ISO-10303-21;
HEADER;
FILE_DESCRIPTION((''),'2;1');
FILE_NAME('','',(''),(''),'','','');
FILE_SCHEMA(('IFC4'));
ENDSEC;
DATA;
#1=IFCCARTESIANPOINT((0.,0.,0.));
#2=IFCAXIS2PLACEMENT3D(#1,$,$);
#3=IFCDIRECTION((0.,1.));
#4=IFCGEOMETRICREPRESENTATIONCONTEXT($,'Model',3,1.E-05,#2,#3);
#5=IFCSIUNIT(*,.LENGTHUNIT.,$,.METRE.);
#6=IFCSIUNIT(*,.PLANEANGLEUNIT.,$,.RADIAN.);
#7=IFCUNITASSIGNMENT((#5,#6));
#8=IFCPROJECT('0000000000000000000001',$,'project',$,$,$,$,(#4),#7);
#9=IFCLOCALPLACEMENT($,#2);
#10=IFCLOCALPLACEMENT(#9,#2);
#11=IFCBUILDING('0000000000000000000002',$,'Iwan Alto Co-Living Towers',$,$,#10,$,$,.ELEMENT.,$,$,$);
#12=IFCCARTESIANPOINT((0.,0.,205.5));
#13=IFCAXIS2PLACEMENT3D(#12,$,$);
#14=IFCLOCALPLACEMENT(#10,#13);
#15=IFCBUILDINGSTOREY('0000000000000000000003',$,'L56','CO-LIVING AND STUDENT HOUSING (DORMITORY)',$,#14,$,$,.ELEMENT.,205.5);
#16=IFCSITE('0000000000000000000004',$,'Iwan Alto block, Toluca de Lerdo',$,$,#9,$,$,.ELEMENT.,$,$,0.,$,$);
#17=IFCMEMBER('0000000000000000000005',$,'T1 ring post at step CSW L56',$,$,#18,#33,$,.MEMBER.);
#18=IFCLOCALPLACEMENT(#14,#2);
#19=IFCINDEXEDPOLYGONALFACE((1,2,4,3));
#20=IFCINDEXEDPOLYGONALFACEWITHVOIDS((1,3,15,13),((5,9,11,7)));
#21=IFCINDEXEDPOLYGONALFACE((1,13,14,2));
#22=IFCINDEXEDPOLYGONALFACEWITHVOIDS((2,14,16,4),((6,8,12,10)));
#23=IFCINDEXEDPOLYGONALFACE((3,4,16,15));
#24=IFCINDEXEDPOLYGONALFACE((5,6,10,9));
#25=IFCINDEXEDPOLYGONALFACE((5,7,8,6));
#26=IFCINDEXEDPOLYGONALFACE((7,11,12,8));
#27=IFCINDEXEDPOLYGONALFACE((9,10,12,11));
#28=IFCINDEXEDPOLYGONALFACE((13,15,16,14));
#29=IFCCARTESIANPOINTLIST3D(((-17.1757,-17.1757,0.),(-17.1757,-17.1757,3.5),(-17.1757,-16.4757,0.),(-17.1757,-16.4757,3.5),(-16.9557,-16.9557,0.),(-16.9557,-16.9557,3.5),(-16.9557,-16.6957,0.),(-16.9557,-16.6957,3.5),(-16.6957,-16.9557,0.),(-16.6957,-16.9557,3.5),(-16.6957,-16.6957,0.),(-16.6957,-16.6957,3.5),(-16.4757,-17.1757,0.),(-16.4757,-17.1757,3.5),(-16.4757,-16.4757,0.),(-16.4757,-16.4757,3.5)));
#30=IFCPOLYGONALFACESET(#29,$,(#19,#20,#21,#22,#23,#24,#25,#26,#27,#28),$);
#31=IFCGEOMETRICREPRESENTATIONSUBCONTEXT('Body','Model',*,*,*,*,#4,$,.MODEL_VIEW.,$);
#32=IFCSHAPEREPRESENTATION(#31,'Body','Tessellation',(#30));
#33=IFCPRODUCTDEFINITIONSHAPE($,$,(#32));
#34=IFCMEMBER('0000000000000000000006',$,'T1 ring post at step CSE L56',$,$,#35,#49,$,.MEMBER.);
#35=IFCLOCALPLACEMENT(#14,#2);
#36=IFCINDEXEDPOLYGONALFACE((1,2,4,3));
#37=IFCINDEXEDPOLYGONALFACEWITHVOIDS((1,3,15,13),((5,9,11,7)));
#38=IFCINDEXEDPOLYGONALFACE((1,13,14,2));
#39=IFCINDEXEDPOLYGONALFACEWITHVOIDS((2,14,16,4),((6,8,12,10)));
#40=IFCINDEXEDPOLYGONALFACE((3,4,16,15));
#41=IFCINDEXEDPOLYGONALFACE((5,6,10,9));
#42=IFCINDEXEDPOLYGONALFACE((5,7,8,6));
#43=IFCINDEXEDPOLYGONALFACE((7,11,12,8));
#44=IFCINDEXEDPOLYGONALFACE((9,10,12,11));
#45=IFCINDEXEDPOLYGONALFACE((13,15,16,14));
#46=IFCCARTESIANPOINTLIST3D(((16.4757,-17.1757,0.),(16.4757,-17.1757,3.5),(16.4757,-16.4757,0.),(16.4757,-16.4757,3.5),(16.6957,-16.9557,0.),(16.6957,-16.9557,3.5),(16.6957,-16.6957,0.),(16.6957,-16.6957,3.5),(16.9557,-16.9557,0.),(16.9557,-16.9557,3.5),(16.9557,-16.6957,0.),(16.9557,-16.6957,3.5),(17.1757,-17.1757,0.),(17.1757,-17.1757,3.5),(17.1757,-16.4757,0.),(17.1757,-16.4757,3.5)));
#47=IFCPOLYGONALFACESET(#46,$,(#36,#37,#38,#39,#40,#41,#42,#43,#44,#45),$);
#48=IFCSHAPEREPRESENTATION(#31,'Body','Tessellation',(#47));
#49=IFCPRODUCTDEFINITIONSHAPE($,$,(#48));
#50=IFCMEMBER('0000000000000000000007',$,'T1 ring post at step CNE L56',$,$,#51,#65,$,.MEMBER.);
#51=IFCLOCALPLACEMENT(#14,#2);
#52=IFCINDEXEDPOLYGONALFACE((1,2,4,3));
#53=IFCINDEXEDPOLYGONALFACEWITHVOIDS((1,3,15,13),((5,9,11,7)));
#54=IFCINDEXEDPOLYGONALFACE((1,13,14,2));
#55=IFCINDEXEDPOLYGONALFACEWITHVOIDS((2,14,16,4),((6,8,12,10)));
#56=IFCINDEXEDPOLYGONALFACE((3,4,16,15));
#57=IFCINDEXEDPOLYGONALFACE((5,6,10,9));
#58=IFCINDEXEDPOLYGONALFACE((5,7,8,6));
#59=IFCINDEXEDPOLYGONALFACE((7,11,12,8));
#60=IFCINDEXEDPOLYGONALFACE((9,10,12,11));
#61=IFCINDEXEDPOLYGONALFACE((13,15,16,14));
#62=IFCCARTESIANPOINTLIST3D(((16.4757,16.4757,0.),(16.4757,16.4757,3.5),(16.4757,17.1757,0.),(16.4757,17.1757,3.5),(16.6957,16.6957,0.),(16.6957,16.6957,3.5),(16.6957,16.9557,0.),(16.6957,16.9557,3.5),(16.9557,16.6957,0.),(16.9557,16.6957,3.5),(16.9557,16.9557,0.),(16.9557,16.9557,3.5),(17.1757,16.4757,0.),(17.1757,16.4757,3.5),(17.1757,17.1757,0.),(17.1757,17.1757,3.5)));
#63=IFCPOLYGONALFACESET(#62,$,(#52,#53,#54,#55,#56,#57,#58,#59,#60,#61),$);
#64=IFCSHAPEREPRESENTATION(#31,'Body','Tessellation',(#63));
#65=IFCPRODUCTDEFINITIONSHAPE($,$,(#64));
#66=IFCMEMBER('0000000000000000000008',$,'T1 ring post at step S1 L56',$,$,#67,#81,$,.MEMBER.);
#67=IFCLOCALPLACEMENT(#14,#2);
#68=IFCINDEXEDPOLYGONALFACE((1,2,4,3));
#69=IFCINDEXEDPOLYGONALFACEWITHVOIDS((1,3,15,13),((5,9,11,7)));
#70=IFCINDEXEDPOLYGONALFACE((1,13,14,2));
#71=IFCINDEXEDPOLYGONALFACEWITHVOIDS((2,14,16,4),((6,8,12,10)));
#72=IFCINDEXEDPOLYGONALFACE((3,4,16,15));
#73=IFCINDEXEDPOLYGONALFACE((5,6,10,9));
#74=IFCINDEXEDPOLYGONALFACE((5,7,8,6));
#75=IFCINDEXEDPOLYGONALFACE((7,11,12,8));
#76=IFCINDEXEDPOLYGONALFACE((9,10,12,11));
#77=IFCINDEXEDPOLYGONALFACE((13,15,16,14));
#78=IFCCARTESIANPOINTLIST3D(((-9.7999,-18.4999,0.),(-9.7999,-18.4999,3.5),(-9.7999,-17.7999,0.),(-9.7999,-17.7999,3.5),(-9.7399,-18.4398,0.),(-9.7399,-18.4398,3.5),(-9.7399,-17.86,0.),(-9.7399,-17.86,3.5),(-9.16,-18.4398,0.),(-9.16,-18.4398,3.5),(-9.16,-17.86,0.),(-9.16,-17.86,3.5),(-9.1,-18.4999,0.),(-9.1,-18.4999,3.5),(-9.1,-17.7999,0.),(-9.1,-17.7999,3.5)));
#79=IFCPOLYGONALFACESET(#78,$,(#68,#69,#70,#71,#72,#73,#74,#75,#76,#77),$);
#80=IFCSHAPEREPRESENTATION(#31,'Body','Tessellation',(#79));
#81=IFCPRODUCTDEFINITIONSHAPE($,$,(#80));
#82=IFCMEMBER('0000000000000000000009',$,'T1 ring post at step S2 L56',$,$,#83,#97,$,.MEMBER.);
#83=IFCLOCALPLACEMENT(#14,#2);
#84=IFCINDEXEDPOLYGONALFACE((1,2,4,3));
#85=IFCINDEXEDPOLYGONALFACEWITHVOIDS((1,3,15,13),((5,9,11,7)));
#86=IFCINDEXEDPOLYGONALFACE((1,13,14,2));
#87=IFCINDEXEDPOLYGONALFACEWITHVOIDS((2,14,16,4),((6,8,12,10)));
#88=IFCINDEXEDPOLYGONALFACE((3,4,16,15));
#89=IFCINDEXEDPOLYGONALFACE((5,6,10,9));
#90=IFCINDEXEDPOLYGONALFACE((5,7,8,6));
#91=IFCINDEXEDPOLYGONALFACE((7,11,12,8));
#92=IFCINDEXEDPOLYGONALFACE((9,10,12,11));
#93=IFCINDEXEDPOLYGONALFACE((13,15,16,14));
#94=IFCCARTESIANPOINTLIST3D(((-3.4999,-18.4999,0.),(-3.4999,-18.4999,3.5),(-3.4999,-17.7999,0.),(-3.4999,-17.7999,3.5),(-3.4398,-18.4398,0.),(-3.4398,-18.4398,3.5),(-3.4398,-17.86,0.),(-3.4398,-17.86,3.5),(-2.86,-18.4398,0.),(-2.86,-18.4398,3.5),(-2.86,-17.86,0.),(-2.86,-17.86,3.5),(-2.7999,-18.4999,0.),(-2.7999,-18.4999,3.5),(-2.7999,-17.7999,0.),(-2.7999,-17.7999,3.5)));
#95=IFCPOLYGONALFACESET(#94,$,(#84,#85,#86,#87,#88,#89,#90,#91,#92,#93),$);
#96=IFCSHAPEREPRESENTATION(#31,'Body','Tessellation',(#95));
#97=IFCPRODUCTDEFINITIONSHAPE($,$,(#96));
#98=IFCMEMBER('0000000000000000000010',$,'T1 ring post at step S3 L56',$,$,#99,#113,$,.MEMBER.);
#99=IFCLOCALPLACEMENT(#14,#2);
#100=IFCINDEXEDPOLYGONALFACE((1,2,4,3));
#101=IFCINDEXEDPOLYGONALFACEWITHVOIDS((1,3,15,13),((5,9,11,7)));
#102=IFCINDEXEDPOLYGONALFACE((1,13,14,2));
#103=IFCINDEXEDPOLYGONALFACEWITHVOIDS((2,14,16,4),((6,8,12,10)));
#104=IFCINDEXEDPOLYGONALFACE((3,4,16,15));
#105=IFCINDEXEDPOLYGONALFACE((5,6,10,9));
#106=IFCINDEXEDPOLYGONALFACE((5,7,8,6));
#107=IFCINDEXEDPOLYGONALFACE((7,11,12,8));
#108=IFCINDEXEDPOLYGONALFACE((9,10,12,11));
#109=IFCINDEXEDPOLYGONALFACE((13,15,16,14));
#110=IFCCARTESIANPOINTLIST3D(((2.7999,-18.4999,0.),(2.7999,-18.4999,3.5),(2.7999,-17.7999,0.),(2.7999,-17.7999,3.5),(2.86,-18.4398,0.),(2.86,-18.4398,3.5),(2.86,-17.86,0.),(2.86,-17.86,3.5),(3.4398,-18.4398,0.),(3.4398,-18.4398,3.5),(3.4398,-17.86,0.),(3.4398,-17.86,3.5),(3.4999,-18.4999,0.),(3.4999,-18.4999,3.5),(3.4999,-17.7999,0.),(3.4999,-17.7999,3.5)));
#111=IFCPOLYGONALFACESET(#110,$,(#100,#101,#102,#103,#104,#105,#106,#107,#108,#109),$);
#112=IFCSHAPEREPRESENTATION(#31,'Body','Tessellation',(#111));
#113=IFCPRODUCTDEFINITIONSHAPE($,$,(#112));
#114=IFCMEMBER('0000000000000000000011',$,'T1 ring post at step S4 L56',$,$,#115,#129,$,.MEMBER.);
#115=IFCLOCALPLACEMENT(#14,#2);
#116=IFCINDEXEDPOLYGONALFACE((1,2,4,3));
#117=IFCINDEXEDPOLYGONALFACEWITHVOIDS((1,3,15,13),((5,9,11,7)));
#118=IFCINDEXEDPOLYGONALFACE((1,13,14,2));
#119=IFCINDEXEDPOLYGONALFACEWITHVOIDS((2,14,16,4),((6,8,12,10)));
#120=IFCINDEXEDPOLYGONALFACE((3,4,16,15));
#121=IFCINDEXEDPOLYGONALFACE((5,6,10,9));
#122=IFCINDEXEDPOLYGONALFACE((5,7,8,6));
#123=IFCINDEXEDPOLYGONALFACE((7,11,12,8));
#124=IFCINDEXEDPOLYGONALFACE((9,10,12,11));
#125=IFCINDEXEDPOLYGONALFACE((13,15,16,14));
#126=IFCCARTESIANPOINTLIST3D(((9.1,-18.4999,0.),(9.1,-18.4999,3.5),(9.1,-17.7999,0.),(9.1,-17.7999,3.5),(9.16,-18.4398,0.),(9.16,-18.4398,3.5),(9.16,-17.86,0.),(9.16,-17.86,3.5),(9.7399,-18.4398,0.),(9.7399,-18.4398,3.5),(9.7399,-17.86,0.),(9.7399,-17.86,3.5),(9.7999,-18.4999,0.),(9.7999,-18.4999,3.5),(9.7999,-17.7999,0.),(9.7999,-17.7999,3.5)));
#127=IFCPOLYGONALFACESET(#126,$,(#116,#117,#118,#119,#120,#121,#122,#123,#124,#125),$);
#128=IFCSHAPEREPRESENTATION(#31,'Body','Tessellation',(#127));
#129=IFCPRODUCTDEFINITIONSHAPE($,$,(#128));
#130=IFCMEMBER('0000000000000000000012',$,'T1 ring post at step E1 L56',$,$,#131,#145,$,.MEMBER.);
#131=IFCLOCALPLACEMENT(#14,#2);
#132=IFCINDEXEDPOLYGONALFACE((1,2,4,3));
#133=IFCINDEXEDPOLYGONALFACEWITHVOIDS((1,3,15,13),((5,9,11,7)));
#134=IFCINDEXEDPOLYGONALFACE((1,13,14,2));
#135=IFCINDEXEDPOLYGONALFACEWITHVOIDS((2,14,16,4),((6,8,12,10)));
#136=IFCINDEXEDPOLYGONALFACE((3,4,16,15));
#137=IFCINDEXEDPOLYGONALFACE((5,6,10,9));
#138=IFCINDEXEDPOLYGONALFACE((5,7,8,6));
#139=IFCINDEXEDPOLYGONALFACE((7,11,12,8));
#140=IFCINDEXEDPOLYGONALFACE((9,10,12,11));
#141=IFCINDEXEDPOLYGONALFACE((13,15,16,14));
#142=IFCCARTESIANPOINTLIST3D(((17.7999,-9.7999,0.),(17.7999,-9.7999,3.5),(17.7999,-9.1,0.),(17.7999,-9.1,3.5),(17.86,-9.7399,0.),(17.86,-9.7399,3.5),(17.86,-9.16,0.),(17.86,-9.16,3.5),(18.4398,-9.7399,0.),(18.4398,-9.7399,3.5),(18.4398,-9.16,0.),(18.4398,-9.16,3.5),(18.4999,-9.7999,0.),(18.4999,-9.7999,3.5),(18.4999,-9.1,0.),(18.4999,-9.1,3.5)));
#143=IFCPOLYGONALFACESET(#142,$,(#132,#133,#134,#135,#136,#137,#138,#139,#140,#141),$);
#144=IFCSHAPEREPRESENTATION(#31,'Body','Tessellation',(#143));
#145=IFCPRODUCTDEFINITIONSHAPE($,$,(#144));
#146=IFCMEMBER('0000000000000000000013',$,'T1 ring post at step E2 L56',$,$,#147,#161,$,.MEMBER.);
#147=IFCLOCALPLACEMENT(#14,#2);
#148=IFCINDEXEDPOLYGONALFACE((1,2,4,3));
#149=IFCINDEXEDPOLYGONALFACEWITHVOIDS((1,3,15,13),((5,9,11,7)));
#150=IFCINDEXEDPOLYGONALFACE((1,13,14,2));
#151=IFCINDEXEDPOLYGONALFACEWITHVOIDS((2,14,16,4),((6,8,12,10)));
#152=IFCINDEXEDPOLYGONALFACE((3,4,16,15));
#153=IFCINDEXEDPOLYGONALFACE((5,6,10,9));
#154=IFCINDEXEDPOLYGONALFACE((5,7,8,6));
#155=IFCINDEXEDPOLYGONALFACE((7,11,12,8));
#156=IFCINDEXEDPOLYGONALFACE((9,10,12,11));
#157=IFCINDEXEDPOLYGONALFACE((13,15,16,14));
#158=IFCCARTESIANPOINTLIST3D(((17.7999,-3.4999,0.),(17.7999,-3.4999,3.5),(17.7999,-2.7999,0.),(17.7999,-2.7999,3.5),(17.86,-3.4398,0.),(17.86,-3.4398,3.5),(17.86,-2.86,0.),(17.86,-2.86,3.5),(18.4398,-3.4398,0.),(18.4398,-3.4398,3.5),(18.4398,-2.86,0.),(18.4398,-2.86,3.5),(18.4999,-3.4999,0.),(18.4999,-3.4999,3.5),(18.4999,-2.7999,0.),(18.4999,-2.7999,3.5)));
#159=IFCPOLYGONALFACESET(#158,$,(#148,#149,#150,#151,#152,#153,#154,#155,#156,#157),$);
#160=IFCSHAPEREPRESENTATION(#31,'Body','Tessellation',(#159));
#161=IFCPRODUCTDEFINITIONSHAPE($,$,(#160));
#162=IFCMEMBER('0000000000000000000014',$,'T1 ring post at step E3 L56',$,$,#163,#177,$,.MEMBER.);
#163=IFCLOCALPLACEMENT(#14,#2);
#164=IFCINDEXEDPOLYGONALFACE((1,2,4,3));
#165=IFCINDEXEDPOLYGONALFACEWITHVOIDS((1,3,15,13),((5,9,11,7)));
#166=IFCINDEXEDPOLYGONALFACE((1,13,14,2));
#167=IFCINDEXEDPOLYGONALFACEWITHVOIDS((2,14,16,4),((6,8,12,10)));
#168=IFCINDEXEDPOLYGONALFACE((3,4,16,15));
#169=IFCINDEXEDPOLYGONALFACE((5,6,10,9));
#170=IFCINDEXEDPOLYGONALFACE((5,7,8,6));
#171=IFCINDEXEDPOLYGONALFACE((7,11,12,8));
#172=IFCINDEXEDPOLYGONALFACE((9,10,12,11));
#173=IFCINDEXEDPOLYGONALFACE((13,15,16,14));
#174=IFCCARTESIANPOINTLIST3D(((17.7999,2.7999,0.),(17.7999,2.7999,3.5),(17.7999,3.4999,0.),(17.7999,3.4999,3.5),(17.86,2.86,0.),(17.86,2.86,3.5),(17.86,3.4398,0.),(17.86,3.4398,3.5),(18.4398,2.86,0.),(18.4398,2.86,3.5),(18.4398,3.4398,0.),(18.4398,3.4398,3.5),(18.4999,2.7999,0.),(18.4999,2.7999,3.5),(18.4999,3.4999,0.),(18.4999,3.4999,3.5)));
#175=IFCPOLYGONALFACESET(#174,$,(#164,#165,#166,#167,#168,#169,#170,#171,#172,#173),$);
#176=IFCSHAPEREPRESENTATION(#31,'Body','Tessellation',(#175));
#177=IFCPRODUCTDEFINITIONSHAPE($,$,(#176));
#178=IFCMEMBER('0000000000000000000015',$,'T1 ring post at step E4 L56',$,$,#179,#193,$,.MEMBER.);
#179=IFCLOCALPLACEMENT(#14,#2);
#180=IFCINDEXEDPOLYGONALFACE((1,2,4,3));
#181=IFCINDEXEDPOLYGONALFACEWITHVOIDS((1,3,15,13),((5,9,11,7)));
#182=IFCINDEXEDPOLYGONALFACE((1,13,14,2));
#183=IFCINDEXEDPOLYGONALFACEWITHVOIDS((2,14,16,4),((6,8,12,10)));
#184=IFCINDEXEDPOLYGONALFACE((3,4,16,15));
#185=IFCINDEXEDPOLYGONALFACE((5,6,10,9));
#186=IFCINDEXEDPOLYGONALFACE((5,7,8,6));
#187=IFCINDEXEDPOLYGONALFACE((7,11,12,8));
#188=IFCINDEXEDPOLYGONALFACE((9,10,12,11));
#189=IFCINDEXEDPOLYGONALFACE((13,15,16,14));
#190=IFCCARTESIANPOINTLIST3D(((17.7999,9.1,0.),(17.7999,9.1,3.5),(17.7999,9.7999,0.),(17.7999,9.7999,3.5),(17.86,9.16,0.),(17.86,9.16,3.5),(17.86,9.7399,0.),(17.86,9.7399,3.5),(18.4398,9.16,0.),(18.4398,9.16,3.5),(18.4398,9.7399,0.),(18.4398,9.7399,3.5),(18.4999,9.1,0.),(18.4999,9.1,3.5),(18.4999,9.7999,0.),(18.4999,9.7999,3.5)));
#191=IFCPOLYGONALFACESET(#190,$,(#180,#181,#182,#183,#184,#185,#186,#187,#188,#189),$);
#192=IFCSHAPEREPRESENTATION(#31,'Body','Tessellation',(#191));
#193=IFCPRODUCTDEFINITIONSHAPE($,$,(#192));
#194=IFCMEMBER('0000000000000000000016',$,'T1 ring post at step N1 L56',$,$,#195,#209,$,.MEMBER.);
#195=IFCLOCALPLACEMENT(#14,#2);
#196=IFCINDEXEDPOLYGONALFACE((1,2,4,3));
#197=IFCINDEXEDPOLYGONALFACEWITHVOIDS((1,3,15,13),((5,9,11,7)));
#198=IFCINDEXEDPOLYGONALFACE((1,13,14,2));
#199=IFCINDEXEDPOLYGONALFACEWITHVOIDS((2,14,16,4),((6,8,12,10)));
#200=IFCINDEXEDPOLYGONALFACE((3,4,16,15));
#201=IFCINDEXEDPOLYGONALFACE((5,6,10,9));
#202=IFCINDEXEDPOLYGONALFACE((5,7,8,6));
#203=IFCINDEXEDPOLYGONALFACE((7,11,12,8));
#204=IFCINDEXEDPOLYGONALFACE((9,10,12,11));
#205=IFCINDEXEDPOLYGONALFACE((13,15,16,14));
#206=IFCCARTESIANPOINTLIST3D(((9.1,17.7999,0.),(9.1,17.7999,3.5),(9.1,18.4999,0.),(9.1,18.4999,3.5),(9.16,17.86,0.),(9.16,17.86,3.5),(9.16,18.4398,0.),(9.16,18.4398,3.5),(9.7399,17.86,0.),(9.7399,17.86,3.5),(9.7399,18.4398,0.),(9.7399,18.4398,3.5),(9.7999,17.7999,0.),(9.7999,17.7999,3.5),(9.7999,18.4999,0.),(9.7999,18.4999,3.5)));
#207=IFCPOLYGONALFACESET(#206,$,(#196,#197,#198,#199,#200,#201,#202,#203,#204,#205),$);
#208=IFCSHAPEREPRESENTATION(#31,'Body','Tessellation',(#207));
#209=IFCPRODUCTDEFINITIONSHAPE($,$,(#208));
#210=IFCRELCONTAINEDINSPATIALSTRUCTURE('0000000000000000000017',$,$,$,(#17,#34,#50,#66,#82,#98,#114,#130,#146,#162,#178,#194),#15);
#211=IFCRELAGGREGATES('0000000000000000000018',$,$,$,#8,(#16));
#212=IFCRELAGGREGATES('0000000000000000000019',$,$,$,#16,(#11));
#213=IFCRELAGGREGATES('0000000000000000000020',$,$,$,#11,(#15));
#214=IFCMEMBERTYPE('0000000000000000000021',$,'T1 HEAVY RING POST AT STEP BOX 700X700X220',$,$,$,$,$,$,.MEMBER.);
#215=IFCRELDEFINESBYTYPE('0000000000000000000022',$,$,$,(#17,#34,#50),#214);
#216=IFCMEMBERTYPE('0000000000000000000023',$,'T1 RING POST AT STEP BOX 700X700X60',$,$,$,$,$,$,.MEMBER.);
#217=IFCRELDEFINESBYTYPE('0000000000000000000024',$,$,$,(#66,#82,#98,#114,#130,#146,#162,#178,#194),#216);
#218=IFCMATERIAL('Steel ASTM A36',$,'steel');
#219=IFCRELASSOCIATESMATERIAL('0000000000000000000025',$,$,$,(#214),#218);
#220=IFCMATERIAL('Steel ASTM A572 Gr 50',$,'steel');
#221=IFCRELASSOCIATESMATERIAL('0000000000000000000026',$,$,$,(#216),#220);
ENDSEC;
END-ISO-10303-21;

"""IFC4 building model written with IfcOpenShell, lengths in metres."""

from ifc_helpers import new_model, si_unit, direction, frame, origin, origin_2d, place, context, subcontext, project, spatial, hollow_rectangle, extrude, material, material_profile, profile_set, type_object, element, save


model = new_model("IFC4")

# Units and contexts
model_context = context("Model", 3, precision=1e-05, world=origin(), true_north=direction((0.0, 1.0)))
body_context = subcontext(model_context, "Body", "Model", "MODEL_VIEW")
ifc_project = project(units=[si_unit("LENGTHUNIT", "METRE"), si_unit("PLANEANGLEUNIT", "RADIAN")], contexts=[model_context])

# Site, building, storey
site_placement = place(None, origin())
site = spatial("IfcSite", under=ifc_project, at=site_placement, Name="Iwan Alto block, Toluca de Lerdo", CompositionType="ELEMENT", RefElevation=0.0)
building_placement = place(site_placement, origin())
building = spatial("IfcBuilding", under=site, at=building_placement, Name="Iwan Alto Co-Living Towers", CompositionType="ELEMENT")
storey_placement = place(building_placement, frame((0.0, 0.0, 205.5)))
storey = spatial("IfcBuildingStorey", under=building, at=storey_placement, Name="L56", Description="CO-LIVING AND STUDENT HOUSING (DORMITORY)", CompositionType="ELEMENT", Elevation=205.5)

# Members
ifc_material_1 = material(Name="Steel ASTM A36", Category="steel")
ifc_material_profile_1 = material_profile(ifc_material_1, hollow_rectangle(XDim=0.7, YDim=0.7, WallThickness=0.22, at=origin_2d()), Name="BOX 700X700X220")
ifc_profile_set_1 = profile_set([ifc_material_profile_1], Name="Steel ASTM A36")
member_type_1 = type_object("IfcMemberType", Name="T1 HEAVY RING POST AT STEP BOX 700X700X220", PredefinedType="MEMBER", material=ifc_profile_set_1)
for number, where, z_axis, x_axis, name in (
    (1, (-16.8257, -16.8257, 0.0), (0.0, 0.0, 1.0), (1.0, 0.0, 0.0), "T1 ring post at step CSW L56"),
    (2, (16.8257, -16.8257, 0.0), (0.0, 0.0, 1.0), (1.0, 0.0, 0.0), "T1 ring post at step CSE L56"),
    (3, (16.8257, 16.8257, 0.0), (0.0, 0.0, 1.0), (1.0, 0.0, 0.0), "T1 ring post at step CNE L56"),
):
    element("IfcMember", number, at=place(storey_placement, frame(where, z_axis=z_axis, x_axis=x_axis)), inside=storey, type_object=member_type_1, Name=name, PredefinedType="MEMBER", context=body_context, shape_type="SweptSolid", body=[
        extrude(hollow_rectangle(XDim=0.7, YDim=0.7, WallThickness=0.22, at=origin_2d()), origin(), (0.0, 0.0, 1.0), 3.5),
    ])
ifc_material_2 = material(Name="Steel ASTM A572 Gr 50", Category="steel")
ifc_material_profile_2 = material_profile(ifc_material_2, hollow_rectangle(XDim=0.7, YDim=0.7, WallThickness=0.0601, at=origin_2d()), Name="BOX 700X700X60")
ifc_profile_set_2 = profile_set([ifc_material_profile_2], Name="Steel ASTM A572 Gr 50")
member_type_2 = type_object("IfcMemberType", Name="T1 RING POST AT STEP BOX 700X700X60", PredefinedType="MEMBER", material=ifc_profile_set_2)
for number, where, z_axis, x_axis, name in (
    (4, (-9.45, -18.1499, 0.0), (0.0, 0.0, 1.0), (1.0, 0.0, 0.0), "T1 ring post at step S1 L56"),
    (5, (-3.1499, -18.1499, 0.0), (0.0, 0.0, 1.0), (1.0, 0.0, 0.0), "T1 ring post at step S2 L56"),
    (6, (3.1499, -18.1499, 0.0), (0.0, 0.0, 1.0), (1.0, 0.0, 0.0), "T1 ring post at step S3 L56"),
    (7, (9.45, -18.1499, 0.0), (0.0, 0.0, 1.0), (1.0, 0.0, 0.0), "T1 ring post at step S4 L56"),
    (8, (18.1499, -9.45, 0.0), (0.0, 0.0, 1.0), (1.0, 0.0, 0.0), "T1 ring post at step E1 L56"),
    (9, (18.1499, -3.1499, 0.0), (0.0, 0.0, 1.0), (1.0, 0.0, 0.0), "T1 ring post at step E2 L56"),
    (10, (18.1499, 3.1499, 0.0), (0.0, 0.0, 1.0), (1.0, 0.0, 0.0), "T1 ring post at step E3 L56"),
    (11, (18.1499, 9.45, 0.0), (0.0, 0.0, 1.0), (1.0, 0.0, 0.0), "T1 ring post at step E4 L56"),
    (12, (9.45, 18.1499, 0.0), (0.0, 0.0, 1.0), (1.0, 0.0, 0.0), "T1 ring post at step N1 L56"),
):
    element("IfcMember", number, at=place(storey_placement, frame(where, z_axis=z_axis, x_axis=x_axis)), inside=storey, type_object=member_type_2, Name=name, PredefinedType="MEMBER", context=body_context, shape_type="SweptSolid", body=[
        extrude(hollow_rectangle(XDim=0.7, YDim=0.7, WallThickness=0.0601, at=origin_2d()), origin(), (0.0, 0.0, 1.0), 3.5),
    ])

save(model, "model.ifc")
